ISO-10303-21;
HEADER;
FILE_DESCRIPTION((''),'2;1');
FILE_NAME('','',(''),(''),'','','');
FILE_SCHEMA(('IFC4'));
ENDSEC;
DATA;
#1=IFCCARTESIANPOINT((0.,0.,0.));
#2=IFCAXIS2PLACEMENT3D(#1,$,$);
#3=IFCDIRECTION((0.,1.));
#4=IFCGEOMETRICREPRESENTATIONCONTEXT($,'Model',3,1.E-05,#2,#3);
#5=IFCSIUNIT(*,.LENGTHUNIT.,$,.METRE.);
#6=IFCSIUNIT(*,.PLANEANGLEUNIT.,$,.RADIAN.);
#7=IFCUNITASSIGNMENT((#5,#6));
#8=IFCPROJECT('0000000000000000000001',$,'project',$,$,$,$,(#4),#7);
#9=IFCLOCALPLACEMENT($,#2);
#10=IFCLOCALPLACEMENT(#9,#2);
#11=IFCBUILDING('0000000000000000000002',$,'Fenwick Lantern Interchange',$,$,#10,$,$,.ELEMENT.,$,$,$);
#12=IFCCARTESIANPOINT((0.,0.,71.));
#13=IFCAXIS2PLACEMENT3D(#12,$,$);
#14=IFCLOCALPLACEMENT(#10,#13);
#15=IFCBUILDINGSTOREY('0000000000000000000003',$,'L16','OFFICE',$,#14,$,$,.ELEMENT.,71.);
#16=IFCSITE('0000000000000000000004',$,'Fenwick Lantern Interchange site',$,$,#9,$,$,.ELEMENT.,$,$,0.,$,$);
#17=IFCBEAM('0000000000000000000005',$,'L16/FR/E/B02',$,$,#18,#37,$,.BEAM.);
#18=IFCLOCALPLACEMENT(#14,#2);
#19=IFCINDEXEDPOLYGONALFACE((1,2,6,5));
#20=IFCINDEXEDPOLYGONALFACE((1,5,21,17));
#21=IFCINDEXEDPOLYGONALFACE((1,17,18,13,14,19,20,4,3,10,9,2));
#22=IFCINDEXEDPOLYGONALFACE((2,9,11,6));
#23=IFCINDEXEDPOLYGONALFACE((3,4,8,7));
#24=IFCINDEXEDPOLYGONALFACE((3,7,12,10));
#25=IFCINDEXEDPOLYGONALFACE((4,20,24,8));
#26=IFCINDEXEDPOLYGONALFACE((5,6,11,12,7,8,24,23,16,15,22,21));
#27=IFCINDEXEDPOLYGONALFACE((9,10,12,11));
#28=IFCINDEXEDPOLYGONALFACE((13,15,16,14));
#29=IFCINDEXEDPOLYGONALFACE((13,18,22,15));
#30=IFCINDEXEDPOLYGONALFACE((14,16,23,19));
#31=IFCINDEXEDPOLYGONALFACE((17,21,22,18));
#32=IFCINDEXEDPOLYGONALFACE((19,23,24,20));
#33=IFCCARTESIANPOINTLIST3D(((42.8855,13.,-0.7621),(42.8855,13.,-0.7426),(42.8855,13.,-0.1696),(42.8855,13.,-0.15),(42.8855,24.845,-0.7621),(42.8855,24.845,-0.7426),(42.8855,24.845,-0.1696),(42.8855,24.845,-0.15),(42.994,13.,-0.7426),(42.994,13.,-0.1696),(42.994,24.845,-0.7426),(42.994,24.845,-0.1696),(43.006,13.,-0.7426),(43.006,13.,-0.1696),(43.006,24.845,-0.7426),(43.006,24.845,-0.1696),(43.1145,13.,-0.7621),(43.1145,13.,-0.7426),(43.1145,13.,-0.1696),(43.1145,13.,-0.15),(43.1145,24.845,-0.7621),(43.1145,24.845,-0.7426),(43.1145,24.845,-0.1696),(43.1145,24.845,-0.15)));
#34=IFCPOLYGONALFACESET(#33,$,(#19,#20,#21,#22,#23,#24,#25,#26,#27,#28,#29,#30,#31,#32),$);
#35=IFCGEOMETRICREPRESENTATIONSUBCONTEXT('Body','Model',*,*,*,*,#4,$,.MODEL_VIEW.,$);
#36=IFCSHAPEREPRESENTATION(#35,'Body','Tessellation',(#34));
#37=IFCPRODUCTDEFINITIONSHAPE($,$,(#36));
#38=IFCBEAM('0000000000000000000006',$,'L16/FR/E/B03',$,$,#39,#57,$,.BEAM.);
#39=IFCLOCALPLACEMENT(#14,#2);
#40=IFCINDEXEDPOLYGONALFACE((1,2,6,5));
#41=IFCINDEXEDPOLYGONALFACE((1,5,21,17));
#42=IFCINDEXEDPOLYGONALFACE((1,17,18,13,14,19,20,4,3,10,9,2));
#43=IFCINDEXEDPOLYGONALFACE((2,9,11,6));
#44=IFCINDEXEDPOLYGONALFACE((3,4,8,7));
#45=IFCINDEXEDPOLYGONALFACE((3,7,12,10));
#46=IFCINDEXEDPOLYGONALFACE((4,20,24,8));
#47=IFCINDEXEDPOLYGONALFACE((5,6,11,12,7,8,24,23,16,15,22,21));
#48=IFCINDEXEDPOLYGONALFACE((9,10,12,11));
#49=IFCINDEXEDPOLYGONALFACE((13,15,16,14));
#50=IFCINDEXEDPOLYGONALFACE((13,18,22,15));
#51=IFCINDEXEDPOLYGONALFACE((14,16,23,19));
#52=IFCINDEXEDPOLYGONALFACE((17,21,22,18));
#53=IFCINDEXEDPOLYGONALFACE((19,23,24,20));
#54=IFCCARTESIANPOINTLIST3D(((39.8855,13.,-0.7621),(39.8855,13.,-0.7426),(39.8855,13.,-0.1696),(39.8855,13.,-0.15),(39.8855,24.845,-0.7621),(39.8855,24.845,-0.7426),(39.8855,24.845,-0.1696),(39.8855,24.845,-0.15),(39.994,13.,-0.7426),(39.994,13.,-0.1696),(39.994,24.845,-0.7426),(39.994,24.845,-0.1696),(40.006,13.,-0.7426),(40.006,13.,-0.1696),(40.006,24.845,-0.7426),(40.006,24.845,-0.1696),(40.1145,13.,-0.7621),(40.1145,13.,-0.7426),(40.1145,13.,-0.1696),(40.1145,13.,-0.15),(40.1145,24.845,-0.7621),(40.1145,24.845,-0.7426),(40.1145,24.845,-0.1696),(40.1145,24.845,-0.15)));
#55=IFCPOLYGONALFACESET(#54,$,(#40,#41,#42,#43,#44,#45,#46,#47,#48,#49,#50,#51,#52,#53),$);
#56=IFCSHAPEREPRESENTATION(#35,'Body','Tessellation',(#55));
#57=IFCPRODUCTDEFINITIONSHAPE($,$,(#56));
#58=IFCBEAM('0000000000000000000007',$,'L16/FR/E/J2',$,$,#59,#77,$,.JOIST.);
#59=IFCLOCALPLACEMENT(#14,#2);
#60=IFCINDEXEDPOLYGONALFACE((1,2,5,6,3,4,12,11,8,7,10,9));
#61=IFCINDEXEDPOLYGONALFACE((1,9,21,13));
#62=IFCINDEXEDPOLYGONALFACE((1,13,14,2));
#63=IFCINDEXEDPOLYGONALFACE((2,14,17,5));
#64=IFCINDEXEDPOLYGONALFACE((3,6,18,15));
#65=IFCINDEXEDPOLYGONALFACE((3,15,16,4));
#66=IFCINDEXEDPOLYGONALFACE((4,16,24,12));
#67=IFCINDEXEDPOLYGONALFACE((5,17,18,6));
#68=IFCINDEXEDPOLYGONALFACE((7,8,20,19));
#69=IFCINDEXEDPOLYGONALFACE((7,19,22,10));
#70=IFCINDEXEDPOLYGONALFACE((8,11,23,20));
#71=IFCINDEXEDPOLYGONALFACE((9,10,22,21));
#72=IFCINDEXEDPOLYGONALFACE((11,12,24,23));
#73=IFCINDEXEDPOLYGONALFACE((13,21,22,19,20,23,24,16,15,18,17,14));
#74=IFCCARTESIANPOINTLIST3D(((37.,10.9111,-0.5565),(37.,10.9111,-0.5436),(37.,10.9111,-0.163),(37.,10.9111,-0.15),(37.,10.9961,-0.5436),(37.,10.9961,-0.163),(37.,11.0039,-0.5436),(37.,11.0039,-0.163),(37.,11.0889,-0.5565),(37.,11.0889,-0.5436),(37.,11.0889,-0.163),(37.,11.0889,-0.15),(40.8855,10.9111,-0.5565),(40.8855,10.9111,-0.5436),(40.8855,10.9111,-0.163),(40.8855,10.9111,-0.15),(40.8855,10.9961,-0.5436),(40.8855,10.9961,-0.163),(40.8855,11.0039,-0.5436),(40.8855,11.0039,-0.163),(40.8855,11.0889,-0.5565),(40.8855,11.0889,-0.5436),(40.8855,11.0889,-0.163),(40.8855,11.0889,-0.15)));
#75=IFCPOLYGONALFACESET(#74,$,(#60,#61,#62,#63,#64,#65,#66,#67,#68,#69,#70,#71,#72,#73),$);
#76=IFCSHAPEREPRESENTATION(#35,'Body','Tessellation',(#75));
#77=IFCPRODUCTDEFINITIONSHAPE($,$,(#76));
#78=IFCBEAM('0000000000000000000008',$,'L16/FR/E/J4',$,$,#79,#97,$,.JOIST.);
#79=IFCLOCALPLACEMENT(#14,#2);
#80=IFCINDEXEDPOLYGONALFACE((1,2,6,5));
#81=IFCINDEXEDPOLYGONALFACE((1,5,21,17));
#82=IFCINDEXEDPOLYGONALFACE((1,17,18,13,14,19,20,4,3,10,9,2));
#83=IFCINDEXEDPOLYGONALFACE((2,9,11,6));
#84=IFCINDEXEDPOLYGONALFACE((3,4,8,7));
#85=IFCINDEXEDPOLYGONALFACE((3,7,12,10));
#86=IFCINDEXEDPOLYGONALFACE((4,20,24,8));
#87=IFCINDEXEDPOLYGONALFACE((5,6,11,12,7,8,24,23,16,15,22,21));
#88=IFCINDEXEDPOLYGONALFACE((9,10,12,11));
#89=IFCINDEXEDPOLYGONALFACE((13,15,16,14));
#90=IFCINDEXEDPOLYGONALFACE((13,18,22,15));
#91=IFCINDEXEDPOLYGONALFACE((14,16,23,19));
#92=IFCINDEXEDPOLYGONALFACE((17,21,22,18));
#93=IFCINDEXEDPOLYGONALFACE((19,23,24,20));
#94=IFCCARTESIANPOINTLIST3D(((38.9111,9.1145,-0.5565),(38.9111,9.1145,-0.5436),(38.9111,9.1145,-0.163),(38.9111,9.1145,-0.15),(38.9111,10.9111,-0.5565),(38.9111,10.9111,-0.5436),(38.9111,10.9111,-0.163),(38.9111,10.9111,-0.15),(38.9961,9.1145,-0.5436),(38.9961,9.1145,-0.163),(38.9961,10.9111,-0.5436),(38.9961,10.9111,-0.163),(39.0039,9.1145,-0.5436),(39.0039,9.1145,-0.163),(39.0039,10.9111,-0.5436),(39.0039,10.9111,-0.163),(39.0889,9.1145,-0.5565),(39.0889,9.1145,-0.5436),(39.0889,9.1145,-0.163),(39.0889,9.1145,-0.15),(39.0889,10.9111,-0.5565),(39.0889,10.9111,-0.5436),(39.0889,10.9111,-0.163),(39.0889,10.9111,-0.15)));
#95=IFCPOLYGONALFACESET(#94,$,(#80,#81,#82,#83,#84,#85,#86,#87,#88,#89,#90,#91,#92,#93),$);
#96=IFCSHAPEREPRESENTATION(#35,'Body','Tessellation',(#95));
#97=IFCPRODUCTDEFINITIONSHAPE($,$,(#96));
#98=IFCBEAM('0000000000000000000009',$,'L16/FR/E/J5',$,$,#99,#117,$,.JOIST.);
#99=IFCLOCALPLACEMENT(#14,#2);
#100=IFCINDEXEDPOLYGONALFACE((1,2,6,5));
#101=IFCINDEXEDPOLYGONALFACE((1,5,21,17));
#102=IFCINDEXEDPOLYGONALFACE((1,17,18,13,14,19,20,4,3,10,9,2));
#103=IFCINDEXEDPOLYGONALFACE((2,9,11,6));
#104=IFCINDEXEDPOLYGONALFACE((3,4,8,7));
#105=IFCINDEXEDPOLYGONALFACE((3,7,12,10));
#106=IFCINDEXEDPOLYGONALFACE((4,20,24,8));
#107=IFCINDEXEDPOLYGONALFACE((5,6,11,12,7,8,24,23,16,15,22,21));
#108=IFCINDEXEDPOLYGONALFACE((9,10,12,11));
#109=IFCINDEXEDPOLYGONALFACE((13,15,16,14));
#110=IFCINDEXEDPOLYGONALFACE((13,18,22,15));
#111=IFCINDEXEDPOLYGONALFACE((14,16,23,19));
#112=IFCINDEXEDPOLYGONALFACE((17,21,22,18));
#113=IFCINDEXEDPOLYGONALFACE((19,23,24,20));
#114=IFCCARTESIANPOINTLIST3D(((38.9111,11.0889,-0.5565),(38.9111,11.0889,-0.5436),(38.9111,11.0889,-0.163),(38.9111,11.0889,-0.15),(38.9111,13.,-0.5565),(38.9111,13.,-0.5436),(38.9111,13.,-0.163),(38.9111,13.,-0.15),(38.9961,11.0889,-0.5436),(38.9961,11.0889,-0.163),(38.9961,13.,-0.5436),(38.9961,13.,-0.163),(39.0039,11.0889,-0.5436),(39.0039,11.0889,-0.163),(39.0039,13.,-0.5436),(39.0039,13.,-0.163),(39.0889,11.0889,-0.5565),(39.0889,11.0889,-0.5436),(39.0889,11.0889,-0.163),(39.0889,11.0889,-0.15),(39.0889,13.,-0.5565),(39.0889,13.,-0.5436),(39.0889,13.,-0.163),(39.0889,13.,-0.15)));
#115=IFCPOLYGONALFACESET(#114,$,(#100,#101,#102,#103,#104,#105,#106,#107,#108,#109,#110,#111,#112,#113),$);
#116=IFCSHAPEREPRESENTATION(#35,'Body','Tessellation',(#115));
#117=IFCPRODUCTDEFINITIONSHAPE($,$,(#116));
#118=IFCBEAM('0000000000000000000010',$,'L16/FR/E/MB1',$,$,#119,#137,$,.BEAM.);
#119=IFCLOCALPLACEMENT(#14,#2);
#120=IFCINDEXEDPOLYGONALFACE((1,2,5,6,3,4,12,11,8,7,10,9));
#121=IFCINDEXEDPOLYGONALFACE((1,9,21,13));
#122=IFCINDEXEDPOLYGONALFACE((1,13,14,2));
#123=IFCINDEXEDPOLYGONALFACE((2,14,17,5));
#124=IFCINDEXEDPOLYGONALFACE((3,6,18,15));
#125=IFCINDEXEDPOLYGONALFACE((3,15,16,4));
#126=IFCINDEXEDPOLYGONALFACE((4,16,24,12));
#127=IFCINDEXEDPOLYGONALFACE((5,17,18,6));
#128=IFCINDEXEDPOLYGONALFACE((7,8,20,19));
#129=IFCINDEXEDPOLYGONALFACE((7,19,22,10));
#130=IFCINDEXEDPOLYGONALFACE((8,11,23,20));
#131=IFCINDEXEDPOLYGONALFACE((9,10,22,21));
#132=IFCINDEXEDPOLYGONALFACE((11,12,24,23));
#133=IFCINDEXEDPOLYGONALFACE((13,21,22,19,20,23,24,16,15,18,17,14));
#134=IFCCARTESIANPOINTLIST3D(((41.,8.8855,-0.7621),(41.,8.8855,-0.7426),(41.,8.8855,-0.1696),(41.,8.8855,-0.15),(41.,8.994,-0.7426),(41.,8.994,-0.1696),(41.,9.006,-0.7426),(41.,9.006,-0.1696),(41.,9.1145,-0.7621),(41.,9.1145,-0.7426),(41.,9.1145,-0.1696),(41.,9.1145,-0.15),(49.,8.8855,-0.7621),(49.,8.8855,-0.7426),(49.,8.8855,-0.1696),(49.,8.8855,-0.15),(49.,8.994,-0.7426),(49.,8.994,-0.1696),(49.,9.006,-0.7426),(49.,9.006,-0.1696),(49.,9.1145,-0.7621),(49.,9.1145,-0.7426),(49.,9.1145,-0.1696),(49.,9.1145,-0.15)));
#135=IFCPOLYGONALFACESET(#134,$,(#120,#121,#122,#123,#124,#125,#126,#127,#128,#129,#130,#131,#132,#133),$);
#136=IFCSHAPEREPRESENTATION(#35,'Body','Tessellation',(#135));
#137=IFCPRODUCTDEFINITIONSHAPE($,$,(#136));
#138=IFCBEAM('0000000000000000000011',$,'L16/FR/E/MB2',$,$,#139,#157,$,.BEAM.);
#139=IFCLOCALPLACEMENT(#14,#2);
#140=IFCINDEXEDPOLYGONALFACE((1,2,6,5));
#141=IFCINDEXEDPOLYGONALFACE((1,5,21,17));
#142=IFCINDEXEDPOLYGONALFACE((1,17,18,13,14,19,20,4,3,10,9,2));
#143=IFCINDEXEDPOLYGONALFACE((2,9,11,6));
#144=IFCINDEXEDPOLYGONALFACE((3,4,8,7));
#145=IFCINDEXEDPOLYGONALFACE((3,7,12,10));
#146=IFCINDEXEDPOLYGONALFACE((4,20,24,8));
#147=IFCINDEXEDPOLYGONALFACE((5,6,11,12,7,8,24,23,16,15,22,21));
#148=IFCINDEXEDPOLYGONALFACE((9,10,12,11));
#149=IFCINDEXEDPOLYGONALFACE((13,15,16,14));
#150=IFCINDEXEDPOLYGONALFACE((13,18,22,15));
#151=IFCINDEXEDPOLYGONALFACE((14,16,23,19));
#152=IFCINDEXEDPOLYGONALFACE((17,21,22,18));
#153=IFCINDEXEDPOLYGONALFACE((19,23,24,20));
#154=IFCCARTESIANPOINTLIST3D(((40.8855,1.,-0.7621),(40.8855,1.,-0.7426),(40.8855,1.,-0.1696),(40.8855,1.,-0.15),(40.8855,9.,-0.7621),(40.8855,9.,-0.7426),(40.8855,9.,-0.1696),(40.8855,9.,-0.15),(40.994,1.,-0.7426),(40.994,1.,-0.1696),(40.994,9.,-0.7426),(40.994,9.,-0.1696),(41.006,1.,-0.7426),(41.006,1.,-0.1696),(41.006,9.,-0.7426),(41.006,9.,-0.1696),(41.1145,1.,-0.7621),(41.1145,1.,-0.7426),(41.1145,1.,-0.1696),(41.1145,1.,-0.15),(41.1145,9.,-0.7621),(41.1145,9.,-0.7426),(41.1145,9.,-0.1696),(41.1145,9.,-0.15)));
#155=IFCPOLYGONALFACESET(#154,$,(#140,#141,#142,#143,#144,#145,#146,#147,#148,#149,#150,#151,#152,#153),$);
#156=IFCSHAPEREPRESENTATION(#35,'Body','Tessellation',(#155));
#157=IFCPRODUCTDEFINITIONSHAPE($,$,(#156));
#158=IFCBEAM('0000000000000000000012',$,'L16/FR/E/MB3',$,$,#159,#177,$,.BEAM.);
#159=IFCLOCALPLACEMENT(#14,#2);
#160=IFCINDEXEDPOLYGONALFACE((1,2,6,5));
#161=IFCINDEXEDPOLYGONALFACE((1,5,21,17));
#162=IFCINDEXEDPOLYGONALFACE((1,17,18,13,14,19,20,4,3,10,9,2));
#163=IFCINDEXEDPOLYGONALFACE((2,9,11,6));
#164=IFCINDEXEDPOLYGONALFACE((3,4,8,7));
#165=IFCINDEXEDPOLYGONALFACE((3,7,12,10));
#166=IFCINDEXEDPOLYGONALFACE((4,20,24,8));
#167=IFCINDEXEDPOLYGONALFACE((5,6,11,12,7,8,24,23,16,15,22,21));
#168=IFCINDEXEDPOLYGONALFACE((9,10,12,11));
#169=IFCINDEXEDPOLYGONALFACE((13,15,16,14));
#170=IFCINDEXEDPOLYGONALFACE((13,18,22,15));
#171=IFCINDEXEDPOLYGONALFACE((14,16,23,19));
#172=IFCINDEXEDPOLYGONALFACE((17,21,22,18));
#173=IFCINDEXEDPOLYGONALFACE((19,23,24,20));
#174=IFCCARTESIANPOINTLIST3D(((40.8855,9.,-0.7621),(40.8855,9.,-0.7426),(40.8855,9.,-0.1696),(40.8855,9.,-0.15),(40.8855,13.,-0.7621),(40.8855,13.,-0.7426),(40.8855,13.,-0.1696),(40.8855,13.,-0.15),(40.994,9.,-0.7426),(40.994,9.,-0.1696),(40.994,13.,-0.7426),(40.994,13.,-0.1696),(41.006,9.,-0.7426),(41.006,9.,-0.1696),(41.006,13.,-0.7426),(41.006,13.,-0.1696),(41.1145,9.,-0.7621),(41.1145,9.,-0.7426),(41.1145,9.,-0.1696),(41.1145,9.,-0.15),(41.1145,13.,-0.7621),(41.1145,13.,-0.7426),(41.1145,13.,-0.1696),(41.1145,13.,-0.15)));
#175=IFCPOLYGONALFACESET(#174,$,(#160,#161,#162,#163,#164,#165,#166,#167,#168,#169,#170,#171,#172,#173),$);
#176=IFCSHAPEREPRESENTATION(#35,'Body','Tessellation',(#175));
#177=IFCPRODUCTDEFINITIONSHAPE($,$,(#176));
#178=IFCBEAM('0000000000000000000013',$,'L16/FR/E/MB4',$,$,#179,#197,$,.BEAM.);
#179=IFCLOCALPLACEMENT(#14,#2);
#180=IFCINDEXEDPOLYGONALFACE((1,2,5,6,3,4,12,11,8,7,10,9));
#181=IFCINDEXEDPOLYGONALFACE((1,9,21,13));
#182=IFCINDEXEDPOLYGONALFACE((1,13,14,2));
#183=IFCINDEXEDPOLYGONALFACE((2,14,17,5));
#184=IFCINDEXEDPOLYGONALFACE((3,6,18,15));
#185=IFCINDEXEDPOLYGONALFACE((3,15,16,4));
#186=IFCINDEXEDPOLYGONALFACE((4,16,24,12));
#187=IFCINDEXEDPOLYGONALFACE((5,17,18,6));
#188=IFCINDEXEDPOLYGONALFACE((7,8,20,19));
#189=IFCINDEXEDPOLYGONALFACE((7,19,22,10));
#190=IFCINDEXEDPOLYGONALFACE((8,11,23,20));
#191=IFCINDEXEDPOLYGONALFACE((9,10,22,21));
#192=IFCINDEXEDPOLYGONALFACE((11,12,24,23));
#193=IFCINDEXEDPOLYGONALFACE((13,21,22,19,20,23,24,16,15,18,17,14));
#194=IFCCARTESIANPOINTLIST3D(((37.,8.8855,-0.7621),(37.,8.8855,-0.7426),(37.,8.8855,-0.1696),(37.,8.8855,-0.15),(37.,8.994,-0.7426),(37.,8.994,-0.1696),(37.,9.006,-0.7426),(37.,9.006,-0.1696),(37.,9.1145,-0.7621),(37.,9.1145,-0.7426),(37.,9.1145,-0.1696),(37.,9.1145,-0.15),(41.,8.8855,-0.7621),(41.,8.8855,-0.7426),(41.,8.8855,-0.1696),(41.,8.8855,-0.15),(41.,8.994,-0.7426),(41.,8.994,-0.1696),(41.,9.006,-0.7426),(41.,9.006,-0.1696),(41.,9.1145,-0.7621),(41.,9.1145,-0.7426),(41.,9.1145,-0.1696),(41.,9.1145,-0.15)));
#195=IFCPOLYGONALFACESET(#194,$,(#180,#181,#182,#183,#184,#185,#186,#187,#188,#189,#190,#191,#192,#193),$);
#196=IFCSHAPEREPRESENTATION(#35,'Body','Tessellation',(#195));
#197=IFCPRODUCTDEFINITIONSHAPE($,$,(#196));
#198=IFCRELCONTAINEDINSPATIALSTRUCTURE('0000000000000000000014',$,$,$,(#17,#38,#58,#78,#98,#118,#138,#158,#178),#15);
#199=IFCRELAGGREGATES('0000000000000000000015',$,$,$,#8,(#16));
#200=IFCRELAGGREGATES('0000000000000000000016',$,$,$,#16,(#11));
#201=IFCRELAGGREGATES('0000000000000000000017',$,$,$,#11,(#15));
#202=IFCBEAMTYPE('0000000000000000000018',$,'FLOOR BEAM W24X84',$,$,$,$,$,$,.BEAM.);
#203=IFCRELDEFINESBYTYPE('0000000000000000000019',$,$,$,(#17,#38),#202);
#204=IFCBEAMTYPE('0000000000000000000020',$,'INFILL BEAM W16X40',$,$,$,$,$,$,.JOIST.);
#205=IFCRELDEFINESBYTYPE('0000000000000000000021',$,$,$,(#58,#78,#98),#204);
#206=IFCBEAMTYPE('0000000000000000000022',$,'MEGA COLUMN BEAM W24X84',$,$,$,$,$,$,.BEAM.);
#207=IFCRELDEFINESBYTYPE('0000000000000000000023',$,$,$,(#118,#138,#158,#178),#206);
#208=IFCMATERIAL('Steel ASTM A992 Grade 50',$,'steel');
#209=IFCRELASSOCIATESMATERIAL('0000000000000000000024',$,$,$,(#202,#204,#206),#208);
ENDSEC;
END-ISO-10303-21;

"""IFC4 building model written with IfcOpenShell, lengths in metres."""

from ifc_helpers import new_model, si_unit, direction, frame, origin, origin_2d, place, context, subcontext, project, spatial, i_section, extrude, material, material_profile, profile_set, type_object, element, save


model = new_model("IFC4")

# Units and contexts
model_context = context("Model", 3, precision=1e-05, world=origin(), true_north=direction((0.0, 1.0)))
body_context = subcontext(model_context, "Body", "Model", "MODEL_VIEW")
ifc_project = project(units=[si_unit("LENGTHUNIT", "METRE"), si_unit("PLANEANGLEUNIT", "RADIAN")], contexts=[model_context])

# Site, building, storey
site_placement = place(None, origin())
site = spatial("IfcSite", under=ifc_project, at=site_placement, Name="Fenwick Lantern Interchange site", CompositionType="ELEMENT", RefElevation=0.0)
building_placement = place(site_placement, origin())
building = spatial("IfcBuilding", under=site, at=building_placement, Name="Fenwick Lantern Interchange", CompositionType="ELEMENT")
storey_placement = place(building_placement, frame((0.0, 0.0, 71.0)))
storey = spatial("IfcBuildingStorey", under=building, at=storey_placement, Name="L16", Description="OFFICE", CompositionType="ELEMENT", Elevation=71.0)

# Beams
ifc_material_1 = material(Name="Steel ASTM A992 Grade 50", Category="steel")
ifc_material_profile_1 = material_profile(ifc_material_1, i_section(OverallWidth=0.229, OverallDepth=0.6121, WebThickness=0.012, FlangeThickness=0.0195, at=origin_2d()), Name="W24X84")
ifc_profile_set_1 = profile_set([ifc_material_profile_1], Name="Steel ASTM A992 Grade 50")
beam_type_1 = type_object("IfcBeamType", Name="FLOOR BEAM W24X84", PredefinedType="BEAM", material=ifc_profile_set_1)
for number, where, z_axis, x_axis, name in (
    (1, (43.0, 13.0, -0.4561), (0.0, 1.0, 0.0), (-1.0, 0.0, 0.0), "L16/FR/E/B02"),
    (2, (40.0, 13.0, -0.4561), (0.0, 1.0, 0.0), (-1.0, 0.0, 0.0), "L16/FR/E/B03"),
):
    element("IfcBeam", number, at=place(storey_placement, frame(where, z_axis=z_axis, x_axis=x_axis)), inside=storey, type_object=beam_type_1, Name=name, PredefinedType="BEAM", context=body_context, shape_type="SweptSolid", body=[
        extrude(i_section(OverallWidth=0.229, OverallDepth=0.6121, WebThickness=0.012, FlangeThickness=0.0195, at=origin_2d()), origin(), (0.0, 0.0, 1.0), 11.845),
    ])
ifc_material_profile_2 = material_profile(ifc_material_1, i_section(OverallWidth=0.1777, OverallDepth=0.4065, WebThickness=0.0078, FlangeThickness=0.0129, at=origin_2d()), Name="W16X40")
ifc_profile_set_2 = profile_set([ifc_material_profile_2], Name="Steel ASTM A992 Grade 50")
beam_type_2 = type_object("IfcBeamType", Name="INFILL BEAM W16X40", PredefinedType="JOIST", material=ifc_profile_set_2)
beam_1_placement = place(storey_placement, frame((40.8855, 11.0, -0.3533), z_axis=(-1.0, 0.0, 0.0), x_axis=(0.0, -1.0, 0.0)))
element("IfcBeam", 3, at=beam_1_placement, inside=storey, type_object=beam_type_2, Name="L16/FR/E/J2", PredefinedType="JOIST", context=body_context, shape_type="SweptSolid", body=[
    extrude(i_section(OverallWidth=0.1777, OverallDepth=0.4065, WebThickness=0.0078, FlangeThickness=0.0129, at=origin_2d()), origin(), (0.0, 0.0, 1.0), 3.8855),
])
beam_2_placement = place(storey_placement, frame((39.0, 9.1145, -0.3533), z_axis=(0.0, 1.0, 0.0), x_axis=(-1.0, 0.0, 0.0)))
element("IfcBeam", 4, at=beam_2_placement, inside=storey, type_object=beam_type_2, Name="L16/FR/E/J4", PredefinedType="JOIST", context=body_context, shape_type="SweptSolid", body=[
    extrude(i_section(OverallWidth=0.1777, OverallDepth=0.4065, WebThickness=0.0078, FlangeThickness=0.0129, at=origin_2d()), origin(), (0.0, 0.0, 1.0), 1.7966),
])
beam_3_placement = place(storey_placement, frame((39.0, 11.0889, -0.3533), z_axis=(0.0, 1.0, 0.0), x_axis=(-1.0, 0.0, 0.0)))
element("IfcBeam", 5, at=beam_3_placement, inside=storey, type_object=beam_type_2, Name="L16/FR/E/J5", PredefinedType="JOIST", context=body_context, shape_type="SweptSolid", body=[
    extrude(i_section(OverallWidth=0.1777, OverallDepth=0.4065, WebThickness=0.0078, FlangeThickness=0.0129, at=origin_2d()), origin(), (0.0, 0.0, 1.0), 1.9111),
])
ifc_material_profile_3 = material_profile(ifc_material_1, i_section(OverallWidth=0.229, OverallDepth=0.6121, WebThickness=0.012, FlangeThickness=0.0195, at=origin_2d()), Name="W24X84")
ifc_profile_set_3 = profile_set([ifc_material_profile_3], Name="Steel ASTM A992 Grade 50")
beam_type_3 = type_object("IfcBeamType", Name="MEGA COLUMN BEAM W24X84", PredefinedType="BEAM", material=ifc_profile_set_3)
for number, where, z_axis, x_axis, name in (
    (6, (41.0, 9.0, -0.4561), (1.0, 0.0, 0.0), (0.0, 1.0, 0.0), "L16/FR/E/MB1"),
    (7, (41.0, 9.0, -0.4561), (0.0, -1.0, 0.0), (1.0, 0.0, 0.0), "L16/FR/E/MB2"),
):
    element("IfcBeam", number, at=place(storey_placement, frame(where, z_axis=z_axis, x_axis=x_axis)), inside=storey, type_object=beam_type_3, Name=name, PredefinedType="BEAM", context=body_context, shape_type="SweptSolid", body=[
        extrude(i_section(OverallWidth=0.229, OverallDepth=0.6121, WebThickness=0.012, FlangeThickness=0.0195, at=origin_2d()), origin(), (0.0, 0.0, 1.0), 8.0),
    ])
for number, where, z_axis, x_axis, name in (
    (8, (41.0, 9.0, -0.4561), (0.0, 1.0, 0.0), (-1.0, 0.0, 0.0), "L16/FR/E/MB3"),
    (9, (41.0, 9.0, -0.4561), (-1.0, 0.0, 0.0), (0.0, -1.0, 0.0), "L16/FR/E/MB4"),
):
    element("IfcBeam", number, at=place(storey_placement, frame(where, z_axis=z_axis, x_axis=x_axis)), inside=storey, type_object=beam_type_3, Name=name, PredefinedType="BEAM", context=body_context, shape_type="SweptSolid", body=[
        extrude(i_section(OverallWidth=0.229, OverallDepth=0.6121, WebThickness=0.012, FlangeThickness=0.0195, at=origin_2d()), origin(), (0.0, 0.0, 1.0), 4.0),
    ])

save(model, "model.ifc")
